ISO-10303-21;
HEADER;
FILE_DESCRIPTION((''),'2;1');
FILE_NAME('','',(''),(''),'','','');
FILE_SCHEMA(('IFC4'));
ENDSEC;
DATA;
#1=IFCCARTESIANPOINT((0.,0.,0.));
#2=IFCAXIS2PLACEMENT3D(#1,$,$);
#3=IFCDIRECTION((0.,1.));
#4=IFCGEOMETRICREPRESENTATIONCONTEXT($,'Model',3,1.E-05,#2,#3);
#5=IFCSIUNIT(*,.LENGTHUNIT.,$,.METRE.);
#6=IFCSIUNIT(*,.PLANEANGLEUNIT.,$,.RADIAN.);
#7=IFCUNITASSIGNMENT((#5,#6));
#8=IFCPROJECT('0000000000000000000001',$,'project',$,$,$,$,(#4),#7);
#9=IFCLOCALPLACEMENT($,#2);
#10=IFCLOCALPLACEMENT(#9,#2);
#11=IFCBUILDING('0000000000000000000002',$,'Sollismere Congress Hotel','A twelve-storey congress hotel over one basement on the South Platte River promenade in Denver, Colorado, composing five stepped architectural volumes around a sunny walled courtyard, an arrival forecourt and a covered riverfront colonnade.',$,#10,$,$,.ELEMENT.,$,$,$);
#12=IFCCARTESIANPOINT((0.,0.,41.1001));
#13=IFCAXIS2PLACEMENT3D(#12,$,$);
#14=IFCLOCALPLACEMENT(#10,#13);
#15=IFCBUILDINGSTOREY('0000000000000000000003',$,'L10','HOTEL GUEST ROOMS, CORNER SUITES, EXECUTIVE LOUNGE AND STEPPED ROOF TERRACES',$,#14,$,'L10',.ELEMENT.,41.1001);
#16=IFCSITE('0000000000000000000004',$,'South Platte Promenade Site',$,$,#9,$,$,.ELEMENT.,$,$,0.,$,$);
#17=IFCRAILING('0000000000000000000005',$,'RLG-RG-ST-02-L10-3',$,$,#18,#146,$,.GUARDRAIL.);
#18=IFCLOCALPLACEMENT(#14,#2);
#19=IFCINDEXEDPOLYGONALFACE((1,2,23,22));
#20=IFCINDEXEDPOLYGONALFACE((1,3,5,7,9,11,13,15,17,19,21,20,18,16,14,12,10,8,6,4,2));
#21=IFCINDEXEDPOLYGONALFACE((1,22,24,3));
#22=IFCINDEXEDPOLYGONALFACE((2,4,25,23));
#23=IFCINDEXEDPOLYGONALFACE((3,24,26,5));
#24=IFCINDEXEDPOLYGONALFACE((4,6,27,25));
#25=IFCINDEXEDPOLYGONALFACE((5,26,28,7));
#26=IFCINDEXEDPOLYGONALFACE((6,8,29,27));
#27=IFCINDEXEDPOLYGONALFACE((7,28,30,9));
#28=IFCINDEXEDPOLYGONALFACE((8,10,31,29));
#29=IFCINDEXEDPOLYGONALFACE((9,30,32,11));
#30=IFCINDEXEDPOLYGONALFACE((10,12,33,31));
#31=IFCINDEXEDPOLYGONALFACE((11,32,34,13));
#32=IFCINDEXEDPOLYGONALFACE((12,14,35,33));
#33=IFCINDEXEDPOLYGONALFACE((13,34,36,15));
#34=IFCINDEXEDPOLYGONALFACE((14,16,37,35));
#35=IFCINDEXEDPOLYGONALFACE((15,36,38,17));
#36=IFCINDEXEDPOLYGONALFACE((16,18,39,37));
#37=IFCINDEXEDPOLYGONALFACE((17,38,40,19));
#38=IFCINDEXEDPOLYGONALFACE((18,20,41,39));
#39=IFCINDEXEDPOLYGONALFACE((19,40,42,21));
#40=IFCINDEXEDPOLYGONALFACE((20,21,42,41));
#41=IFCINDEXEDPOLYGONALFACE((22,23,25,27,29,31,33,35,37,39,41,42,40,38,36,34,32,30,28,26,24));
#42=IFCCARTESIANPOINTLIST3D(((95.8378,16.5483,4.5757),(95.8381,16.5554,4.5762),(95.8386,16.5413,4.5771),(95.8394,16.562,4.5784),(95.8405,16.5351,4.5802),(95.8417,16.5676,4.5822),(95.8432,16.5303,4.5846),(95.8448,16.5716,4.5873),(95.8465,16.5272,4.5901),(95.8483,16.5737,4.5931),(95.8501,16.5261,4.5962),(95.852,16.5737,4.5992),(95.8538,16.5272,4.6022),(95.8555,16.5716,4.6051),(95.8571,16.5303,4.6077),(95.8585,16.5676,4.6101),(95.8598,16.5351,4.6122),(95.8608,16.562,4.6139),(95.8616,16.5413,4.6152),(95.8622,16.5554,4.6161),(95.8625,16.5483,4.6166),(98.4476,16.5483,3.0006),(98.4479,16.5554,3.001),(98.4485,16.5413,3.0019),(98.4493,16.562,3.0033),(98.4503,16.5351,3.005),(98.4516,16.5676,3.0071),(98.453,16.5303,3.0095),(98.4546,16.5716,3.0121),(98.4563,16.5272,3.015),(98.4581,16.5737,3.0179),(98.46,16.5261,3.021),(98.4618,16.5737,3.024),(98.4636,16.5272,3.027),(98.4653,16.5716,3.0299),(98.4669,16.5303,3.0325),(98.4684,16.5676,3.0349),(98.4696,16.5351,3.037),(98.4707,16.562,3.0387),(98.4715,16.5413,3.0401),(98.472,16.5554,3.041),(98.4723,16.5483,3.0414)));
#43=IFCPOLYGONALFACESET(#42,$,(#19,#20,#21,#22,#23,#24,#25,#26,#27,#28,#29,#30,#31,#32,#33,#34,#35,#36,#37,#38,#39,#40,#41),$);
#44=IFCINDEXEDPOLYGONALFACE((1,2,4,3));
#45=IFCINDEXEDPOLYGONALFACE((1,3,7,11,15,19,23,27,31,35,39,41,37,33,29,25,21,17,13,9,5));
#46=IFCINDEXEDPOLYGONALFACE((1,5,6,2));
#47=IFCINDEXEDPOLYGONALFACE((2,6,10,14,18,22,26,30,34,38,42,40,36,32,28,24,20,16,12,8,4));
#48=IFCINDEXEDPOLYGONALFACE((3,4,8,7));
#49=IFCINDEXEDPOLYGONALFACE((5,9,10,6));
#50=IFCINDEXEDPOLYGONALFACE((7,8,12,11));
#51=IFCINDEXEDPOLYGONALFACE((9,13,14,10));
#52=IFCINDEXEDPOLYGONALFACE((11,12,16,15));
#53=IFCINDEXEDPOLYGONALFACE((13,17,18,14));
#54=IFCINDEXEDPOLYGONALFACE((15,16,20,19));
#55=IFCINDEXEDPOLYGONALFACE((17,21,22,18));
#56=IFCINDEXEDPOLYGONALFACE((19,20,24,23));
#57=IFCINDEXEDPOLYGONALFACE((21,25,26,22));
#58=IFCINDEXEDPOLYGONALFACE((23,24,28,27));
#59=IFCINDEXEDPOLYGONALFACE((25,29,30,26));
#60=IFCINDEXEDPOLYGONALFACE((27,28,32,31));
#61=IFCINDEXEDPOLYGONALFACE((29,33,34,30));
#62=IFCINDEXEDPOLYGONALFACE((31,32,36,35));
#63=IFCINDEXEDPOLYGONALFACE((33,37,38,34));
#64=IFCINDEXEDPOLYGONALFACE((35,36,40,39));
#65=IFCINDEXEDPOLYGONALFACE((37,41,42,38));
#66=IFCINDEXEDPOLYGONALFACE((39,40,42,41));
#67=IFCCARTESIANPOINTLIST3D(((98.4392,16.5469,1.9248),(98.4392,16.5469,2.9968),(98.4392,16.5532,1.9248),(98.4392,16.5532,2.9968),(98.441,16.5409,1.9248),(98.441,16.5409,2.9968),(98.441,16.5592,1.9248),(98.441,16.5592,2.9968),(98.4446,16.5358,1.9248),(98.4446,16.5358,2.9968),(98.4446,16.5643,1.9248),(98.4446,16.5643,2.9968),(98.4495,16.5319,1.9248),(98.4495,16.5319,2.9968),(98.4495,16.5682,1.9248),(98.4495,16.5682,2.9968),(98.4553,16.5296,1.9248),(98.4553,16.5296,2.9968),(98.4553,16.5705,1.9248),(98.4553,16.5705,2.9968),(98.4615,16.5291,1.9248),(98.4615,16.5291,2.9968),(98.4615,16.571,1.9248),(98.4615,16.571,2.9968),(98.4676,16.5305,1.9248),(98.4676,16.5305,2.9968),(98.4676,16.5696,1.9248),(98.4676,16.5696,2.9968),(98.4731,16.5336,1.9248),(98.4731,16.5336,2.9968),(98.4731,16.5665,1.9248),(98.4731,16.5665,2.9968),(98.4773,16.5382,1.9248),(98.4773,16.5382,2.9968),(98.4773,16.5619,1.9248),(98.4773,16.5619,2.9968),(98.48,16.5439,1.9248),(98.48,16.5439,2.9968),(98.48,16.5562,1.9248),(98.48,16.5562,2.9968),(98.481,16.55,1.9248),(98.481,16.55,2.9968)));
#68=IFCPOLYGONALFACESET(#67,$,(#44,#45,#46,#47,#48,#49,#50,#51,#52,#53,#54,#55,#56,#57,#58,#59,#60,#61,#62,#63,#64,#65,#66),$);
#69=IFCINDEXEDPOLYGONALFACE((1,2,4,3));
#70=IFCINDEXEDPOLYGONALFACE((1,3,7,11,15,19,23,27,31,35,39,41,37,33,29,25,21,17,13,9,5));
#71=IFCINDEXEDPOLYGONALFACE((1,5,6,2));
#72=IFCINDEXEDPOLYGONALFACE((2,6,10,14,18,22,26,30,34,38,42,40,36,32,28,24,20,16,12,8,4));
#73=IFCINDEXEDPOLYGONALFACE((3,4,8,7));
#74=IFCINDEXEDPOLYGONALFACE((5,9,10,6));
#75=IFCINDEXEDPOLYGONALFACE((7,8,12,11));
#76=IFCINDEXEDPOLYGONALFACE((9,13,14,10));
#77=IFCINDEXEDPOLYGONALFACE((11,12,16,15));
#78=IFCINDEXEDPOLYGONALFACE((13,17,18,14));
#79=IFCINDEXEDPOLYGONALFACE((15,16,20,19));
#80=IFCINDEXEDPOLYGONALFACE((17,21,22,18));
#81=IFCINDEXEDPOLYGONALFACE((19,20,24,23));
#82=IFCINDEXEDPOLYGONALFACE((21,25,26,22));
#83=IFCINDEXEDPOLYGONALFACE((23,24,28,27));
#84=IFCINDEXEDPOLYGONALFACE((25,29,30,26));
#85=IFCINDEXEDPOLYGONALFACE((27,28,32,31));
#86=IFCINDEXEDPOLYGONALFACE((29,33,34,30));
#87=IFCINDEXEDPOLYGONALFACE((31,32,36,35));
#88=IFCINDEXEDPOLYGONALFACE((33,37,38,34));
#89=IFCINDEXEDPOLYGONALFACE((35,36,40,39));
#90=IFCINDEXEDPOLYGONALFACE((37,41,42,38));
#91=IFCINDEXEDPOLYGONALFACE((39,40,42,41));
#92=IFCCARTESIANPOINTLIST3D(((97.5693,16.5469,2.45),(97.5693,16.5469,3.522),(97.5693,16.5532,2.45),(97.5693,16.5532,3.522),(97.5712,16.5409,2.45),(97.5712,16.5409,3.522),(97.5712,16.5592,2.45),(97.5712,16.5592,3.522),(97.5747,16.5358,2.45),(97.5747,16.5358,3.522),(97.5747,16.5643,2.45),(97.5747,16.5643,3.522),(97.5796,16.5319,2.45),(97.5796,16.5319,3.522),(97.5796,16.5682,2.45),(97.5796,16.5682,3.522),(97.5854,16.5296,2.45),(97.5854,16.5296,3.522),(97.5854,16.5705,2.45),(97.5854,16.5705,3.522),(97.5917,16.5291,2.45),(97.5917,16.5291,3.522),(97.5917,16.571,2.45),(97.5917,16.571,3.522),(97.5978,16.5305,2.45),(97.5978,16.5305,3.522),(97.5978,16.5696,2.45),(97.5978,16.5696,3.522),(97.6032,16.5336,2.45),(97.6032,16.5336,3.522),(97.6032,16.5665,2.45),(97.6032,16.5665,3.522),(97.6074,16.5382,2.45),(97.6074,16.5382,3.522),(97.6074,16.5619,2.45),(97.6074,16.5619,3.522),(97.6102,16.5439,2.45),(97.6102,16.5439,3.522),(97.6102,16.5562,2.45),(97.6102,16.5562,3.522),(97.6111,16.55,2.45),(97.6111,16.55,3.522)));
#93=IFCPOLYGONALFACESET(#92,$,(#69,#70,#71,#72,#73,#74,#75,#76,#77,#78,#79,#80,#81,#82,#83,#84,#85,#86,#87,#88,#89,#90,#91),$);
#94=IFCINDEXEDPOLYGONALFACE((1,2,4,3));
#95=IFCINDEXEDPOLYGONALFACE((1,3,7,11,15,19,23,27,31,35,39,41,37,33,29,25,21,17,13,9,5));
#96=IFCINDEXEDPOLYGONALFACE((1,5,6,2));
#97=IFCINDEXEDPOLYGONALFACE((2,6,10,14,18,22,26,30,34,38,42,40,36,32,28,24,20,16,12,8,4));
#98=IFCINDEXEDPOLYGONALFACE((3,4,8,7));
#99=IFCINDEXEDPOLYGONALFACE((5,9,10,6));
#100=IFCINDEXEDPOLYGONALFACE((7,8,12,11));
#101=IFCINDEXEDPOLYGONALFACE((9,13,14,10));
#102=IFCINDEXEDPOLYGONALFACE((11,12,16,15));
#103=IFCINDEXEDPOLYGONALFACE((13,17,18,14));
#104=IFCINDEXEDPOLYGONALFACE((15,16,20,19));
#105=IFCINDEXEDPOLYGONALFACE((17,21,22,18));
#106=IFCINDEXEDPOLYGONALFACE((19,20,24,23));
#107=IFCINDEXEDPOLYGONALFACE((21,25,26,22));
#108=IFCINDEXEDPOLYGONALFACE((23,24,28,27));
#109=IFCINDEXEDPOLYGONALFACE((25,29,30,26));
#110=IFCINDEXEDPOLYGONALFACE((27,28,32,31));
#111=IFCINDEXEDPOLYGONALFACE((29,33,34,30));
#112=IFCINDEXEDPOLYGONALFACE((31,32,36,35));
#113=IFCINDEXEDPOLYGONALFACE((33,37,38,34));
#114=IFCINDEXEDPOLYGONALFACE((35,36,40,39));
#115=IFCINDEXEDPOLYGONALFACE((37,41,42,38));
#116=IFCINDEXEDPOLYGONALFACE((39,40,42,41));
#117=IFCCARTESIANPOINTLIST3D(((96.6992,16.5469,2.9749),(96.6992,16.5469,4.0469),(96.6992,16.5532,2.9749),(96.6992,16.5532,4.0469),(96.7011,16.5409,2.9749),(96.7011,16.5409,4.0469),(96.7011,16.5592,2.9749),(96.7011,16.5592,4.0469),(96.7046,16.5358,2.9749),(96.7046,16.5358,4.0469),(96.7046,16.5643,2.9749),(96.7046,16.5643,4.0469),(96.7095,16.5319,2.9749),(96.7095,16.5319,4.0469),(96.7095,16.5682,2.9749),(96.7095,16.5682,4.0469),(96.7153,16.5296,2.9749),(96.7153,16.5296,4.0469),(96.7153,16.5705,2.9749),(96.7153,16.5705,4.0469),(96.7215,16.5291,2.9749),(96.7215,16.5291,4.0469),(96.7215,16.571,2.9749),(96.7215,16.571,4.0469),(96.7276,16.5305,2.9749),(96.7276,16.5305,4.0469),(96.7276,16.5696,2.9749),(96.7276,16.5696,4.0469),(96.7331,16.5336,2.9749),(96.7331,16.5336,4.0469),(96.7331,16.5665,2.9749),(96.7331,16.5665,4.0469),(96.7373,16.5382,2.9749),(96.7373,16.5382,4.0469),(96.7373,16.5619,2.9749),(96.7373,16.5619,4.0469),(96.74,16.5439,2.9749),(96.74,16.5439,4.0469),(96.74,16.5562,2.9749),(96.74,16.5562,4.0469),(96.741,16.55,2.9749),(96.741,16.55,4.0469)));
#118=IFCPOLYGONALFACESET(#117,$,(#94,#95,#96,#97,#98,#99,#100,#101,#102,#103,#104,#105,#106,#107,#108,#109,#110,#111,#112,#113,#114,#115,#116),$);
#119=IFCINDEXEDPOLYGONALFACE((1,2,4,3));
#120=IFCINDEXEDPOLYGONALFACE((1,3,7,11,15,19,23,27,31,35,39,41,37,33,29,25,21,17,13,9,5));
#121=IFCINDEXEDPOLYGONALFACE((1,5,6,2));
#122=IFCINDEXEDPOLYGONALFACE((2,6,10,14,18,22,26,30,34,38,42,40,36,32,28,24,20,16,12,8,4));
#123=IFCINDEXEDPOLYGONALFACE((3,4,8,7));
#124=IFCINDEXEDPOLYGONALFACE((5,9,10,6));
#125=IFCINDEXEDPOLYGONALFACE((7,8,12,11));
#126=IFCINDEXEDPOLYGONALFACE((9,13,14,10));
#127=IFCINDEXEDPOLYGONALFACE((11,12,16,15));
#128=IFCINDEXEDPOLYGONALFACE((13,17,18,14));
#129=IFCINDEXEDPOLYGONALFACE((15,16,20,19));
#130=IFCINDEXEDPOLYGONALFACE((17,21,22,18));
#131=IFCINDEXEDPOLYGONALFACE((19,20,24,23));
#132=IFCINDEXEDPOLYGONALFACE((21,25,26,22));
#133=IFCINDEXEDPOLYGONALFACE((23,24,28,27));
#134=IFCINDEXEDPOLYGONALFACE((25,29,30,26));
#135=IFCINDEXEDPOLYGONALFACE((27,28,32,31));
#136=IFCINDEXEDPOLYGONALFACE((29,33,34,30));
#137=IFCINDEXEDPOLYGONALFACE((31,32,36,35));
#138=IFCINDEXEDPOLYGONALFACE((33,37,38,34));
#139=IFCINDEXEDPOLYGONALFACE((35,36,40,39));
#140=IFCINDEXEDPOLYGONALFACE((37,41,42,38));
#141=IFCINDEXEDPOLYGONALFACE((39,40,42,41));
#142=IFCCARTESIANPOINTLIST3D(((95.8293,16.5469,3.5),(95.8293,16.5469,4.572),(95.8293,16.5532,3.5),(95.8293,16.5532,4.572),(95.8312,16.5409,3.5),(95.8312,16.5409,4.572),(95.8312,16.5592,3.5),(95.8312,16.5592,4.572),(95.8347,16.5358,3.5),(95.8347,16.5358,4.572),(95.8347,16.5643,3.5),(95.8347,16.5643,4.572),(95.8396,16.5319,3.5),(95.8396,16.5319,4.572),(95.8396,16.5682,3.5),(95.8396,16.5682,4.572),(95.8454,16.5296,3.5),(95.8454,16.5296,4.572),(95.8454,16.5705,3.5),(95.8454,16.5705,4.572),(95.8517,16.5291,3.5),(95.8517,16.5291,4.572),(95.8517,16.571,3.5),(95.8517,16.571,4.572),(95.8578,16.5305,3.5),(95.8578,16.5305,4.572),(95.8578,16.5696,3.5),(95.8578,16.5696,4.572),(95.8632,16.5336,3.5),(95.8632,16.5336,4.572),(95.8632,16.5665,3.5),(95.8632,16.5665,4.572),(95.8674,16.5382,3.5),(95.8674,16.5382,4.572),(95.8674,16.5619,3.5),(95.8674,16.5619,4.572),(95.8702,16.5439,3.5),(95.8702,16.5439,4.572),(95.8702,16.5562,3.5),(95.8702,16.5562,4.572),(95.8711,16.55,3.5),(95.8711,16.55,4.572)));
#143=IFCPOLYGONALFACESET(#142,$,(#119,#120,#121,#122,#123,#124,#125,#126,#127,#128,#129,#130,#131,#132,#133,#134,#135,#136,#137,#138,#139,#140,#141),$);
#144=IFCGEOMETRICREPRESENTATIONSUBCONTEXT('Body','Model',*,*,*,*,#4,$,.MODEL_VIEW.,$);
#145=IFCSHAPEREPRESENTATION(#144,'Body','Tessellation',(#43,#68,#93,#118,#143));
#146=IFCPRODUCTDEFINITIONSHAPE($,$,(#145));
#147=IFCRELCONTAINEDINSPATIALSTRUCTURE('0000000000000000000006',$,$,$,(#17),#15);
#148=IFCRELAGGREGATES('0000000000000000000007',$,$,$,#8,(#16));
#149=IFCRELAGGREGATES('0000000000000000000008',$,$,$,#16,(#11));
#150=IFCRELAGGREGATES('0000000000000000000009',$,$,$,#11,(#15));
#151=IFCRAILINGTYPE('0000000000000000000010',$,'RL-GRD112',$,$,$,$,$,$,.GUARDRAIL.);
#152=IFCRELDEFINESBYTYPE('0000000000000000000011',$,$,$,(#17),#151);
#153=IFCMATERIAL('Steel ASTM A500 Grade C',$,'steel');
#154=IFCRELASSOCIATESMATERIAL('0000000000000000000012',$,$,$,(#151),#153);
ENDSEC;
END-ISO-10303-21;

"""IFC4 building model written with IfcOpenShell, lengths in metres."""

from ifc_helpers import new_model, si_unit, direction, frame, origin, origin_2d, place, context, subcontext, project, spatial, circle, extrude, material, type_object, element, save


model = new_model("IFC4")

# Units and contexts
model_context = context("Model", 3, precision=1e-05, world=origin(), true_north=direction((0.0, 1.0)))
body_context = subcontext(model_context, "Body", "Model", "MODEL_VIEW")
ifc_project = project(units=[si_unit("LENGTHUNIT", "METRE"), si_unit("PLANEANGLEUNIT", "RADIAN")], contexts=[model_context])

# Site, building, storey
site_placement = place(None, origin())
site = spatial("IfcSite", under=ifc_project, at=site_placement, Name="South Platte Promenade Site", CompositionType="ELEMENT", RefElevation=0.0)
building_placement = place(site_placement, origin())
building = spatial("IfcBuilding", under=site, at=building_placement, Name="Sollismere Congress Hotel", Description="A twelve-storey congress hotel over one basement on the South Platte River promenade in Denver, Colorado, composing five stepped architectural volumes around a sunny walled courtyard, an arrival forecourt and a covered riverfront colonnade.", CompositionType="ELEMENT")
storey_placement = place(building_placement, frame((0.0, 0.0, 41.1001)))
storey = spatial("IfcBuildingStorey", under=building, at=storey_placement, Name="L10", Description="HOTEL GUEST ROOMS, CORNER SUITES, EXECUTIVE LOUNGE AND STEPPED ROOF TERRACES", LongName="L10", CompositionType="ELEMENT", Elevation=41.1001)

# Shared definitions
ifc_material_1 = material(Name="Steel ASTM A500 Grade C", Category="steel")

# Railing
railing_type_1 = type_object("IfcRailingType", Name="RL-GRD112", PredefinedType="GUARDRAIL", material=ifc_material_1)
railing_1_placement = place(storey_placement, frame((98.46, 16.55, 1.9248)))
element("IfcRailing", 1, at=railing_1_placement, inside=storey, type_object=railing_type_1, Name="RLG-RG-ST-02-L10-3", PredefinedType="GUARDRAIL", context=body_context, shape_type="SweptSolid", body=[
    extrude(circle(Radius=0.0239, at=origin_2d()), frame((0.0, 0.0, 1.0962), z_axis=(-0.856147, 0.0, 0.516732), x_axis=(0.0, -1.0, 0.0)), (0.0, 0.0, 1.0), 3.0483),
    extrude(circle(Radius=0.021, at=origin_2d()), origin(), (0.0, 0.0, 1.0), 1.072),
    extrude(circle(Radius=0.021, at=origin_2d()), frame((-0.8699, 0.0, 0.5251)), (0.0, 0.0, 1.0), 1.072),
    extrude(circle(Radius=0.021, at=origin_2d()), frame((-1.74, 0.0, 1.05)), (0.0, 0.0, 1.0), 1.072),
    extrude(circle(Radius=0.021, at=origin_2d()), frame((-2.6099, 0.0, 1.5752)), (0.0, 0.0, 1.0), 1.072),
])

save(model, "model.ifc")
